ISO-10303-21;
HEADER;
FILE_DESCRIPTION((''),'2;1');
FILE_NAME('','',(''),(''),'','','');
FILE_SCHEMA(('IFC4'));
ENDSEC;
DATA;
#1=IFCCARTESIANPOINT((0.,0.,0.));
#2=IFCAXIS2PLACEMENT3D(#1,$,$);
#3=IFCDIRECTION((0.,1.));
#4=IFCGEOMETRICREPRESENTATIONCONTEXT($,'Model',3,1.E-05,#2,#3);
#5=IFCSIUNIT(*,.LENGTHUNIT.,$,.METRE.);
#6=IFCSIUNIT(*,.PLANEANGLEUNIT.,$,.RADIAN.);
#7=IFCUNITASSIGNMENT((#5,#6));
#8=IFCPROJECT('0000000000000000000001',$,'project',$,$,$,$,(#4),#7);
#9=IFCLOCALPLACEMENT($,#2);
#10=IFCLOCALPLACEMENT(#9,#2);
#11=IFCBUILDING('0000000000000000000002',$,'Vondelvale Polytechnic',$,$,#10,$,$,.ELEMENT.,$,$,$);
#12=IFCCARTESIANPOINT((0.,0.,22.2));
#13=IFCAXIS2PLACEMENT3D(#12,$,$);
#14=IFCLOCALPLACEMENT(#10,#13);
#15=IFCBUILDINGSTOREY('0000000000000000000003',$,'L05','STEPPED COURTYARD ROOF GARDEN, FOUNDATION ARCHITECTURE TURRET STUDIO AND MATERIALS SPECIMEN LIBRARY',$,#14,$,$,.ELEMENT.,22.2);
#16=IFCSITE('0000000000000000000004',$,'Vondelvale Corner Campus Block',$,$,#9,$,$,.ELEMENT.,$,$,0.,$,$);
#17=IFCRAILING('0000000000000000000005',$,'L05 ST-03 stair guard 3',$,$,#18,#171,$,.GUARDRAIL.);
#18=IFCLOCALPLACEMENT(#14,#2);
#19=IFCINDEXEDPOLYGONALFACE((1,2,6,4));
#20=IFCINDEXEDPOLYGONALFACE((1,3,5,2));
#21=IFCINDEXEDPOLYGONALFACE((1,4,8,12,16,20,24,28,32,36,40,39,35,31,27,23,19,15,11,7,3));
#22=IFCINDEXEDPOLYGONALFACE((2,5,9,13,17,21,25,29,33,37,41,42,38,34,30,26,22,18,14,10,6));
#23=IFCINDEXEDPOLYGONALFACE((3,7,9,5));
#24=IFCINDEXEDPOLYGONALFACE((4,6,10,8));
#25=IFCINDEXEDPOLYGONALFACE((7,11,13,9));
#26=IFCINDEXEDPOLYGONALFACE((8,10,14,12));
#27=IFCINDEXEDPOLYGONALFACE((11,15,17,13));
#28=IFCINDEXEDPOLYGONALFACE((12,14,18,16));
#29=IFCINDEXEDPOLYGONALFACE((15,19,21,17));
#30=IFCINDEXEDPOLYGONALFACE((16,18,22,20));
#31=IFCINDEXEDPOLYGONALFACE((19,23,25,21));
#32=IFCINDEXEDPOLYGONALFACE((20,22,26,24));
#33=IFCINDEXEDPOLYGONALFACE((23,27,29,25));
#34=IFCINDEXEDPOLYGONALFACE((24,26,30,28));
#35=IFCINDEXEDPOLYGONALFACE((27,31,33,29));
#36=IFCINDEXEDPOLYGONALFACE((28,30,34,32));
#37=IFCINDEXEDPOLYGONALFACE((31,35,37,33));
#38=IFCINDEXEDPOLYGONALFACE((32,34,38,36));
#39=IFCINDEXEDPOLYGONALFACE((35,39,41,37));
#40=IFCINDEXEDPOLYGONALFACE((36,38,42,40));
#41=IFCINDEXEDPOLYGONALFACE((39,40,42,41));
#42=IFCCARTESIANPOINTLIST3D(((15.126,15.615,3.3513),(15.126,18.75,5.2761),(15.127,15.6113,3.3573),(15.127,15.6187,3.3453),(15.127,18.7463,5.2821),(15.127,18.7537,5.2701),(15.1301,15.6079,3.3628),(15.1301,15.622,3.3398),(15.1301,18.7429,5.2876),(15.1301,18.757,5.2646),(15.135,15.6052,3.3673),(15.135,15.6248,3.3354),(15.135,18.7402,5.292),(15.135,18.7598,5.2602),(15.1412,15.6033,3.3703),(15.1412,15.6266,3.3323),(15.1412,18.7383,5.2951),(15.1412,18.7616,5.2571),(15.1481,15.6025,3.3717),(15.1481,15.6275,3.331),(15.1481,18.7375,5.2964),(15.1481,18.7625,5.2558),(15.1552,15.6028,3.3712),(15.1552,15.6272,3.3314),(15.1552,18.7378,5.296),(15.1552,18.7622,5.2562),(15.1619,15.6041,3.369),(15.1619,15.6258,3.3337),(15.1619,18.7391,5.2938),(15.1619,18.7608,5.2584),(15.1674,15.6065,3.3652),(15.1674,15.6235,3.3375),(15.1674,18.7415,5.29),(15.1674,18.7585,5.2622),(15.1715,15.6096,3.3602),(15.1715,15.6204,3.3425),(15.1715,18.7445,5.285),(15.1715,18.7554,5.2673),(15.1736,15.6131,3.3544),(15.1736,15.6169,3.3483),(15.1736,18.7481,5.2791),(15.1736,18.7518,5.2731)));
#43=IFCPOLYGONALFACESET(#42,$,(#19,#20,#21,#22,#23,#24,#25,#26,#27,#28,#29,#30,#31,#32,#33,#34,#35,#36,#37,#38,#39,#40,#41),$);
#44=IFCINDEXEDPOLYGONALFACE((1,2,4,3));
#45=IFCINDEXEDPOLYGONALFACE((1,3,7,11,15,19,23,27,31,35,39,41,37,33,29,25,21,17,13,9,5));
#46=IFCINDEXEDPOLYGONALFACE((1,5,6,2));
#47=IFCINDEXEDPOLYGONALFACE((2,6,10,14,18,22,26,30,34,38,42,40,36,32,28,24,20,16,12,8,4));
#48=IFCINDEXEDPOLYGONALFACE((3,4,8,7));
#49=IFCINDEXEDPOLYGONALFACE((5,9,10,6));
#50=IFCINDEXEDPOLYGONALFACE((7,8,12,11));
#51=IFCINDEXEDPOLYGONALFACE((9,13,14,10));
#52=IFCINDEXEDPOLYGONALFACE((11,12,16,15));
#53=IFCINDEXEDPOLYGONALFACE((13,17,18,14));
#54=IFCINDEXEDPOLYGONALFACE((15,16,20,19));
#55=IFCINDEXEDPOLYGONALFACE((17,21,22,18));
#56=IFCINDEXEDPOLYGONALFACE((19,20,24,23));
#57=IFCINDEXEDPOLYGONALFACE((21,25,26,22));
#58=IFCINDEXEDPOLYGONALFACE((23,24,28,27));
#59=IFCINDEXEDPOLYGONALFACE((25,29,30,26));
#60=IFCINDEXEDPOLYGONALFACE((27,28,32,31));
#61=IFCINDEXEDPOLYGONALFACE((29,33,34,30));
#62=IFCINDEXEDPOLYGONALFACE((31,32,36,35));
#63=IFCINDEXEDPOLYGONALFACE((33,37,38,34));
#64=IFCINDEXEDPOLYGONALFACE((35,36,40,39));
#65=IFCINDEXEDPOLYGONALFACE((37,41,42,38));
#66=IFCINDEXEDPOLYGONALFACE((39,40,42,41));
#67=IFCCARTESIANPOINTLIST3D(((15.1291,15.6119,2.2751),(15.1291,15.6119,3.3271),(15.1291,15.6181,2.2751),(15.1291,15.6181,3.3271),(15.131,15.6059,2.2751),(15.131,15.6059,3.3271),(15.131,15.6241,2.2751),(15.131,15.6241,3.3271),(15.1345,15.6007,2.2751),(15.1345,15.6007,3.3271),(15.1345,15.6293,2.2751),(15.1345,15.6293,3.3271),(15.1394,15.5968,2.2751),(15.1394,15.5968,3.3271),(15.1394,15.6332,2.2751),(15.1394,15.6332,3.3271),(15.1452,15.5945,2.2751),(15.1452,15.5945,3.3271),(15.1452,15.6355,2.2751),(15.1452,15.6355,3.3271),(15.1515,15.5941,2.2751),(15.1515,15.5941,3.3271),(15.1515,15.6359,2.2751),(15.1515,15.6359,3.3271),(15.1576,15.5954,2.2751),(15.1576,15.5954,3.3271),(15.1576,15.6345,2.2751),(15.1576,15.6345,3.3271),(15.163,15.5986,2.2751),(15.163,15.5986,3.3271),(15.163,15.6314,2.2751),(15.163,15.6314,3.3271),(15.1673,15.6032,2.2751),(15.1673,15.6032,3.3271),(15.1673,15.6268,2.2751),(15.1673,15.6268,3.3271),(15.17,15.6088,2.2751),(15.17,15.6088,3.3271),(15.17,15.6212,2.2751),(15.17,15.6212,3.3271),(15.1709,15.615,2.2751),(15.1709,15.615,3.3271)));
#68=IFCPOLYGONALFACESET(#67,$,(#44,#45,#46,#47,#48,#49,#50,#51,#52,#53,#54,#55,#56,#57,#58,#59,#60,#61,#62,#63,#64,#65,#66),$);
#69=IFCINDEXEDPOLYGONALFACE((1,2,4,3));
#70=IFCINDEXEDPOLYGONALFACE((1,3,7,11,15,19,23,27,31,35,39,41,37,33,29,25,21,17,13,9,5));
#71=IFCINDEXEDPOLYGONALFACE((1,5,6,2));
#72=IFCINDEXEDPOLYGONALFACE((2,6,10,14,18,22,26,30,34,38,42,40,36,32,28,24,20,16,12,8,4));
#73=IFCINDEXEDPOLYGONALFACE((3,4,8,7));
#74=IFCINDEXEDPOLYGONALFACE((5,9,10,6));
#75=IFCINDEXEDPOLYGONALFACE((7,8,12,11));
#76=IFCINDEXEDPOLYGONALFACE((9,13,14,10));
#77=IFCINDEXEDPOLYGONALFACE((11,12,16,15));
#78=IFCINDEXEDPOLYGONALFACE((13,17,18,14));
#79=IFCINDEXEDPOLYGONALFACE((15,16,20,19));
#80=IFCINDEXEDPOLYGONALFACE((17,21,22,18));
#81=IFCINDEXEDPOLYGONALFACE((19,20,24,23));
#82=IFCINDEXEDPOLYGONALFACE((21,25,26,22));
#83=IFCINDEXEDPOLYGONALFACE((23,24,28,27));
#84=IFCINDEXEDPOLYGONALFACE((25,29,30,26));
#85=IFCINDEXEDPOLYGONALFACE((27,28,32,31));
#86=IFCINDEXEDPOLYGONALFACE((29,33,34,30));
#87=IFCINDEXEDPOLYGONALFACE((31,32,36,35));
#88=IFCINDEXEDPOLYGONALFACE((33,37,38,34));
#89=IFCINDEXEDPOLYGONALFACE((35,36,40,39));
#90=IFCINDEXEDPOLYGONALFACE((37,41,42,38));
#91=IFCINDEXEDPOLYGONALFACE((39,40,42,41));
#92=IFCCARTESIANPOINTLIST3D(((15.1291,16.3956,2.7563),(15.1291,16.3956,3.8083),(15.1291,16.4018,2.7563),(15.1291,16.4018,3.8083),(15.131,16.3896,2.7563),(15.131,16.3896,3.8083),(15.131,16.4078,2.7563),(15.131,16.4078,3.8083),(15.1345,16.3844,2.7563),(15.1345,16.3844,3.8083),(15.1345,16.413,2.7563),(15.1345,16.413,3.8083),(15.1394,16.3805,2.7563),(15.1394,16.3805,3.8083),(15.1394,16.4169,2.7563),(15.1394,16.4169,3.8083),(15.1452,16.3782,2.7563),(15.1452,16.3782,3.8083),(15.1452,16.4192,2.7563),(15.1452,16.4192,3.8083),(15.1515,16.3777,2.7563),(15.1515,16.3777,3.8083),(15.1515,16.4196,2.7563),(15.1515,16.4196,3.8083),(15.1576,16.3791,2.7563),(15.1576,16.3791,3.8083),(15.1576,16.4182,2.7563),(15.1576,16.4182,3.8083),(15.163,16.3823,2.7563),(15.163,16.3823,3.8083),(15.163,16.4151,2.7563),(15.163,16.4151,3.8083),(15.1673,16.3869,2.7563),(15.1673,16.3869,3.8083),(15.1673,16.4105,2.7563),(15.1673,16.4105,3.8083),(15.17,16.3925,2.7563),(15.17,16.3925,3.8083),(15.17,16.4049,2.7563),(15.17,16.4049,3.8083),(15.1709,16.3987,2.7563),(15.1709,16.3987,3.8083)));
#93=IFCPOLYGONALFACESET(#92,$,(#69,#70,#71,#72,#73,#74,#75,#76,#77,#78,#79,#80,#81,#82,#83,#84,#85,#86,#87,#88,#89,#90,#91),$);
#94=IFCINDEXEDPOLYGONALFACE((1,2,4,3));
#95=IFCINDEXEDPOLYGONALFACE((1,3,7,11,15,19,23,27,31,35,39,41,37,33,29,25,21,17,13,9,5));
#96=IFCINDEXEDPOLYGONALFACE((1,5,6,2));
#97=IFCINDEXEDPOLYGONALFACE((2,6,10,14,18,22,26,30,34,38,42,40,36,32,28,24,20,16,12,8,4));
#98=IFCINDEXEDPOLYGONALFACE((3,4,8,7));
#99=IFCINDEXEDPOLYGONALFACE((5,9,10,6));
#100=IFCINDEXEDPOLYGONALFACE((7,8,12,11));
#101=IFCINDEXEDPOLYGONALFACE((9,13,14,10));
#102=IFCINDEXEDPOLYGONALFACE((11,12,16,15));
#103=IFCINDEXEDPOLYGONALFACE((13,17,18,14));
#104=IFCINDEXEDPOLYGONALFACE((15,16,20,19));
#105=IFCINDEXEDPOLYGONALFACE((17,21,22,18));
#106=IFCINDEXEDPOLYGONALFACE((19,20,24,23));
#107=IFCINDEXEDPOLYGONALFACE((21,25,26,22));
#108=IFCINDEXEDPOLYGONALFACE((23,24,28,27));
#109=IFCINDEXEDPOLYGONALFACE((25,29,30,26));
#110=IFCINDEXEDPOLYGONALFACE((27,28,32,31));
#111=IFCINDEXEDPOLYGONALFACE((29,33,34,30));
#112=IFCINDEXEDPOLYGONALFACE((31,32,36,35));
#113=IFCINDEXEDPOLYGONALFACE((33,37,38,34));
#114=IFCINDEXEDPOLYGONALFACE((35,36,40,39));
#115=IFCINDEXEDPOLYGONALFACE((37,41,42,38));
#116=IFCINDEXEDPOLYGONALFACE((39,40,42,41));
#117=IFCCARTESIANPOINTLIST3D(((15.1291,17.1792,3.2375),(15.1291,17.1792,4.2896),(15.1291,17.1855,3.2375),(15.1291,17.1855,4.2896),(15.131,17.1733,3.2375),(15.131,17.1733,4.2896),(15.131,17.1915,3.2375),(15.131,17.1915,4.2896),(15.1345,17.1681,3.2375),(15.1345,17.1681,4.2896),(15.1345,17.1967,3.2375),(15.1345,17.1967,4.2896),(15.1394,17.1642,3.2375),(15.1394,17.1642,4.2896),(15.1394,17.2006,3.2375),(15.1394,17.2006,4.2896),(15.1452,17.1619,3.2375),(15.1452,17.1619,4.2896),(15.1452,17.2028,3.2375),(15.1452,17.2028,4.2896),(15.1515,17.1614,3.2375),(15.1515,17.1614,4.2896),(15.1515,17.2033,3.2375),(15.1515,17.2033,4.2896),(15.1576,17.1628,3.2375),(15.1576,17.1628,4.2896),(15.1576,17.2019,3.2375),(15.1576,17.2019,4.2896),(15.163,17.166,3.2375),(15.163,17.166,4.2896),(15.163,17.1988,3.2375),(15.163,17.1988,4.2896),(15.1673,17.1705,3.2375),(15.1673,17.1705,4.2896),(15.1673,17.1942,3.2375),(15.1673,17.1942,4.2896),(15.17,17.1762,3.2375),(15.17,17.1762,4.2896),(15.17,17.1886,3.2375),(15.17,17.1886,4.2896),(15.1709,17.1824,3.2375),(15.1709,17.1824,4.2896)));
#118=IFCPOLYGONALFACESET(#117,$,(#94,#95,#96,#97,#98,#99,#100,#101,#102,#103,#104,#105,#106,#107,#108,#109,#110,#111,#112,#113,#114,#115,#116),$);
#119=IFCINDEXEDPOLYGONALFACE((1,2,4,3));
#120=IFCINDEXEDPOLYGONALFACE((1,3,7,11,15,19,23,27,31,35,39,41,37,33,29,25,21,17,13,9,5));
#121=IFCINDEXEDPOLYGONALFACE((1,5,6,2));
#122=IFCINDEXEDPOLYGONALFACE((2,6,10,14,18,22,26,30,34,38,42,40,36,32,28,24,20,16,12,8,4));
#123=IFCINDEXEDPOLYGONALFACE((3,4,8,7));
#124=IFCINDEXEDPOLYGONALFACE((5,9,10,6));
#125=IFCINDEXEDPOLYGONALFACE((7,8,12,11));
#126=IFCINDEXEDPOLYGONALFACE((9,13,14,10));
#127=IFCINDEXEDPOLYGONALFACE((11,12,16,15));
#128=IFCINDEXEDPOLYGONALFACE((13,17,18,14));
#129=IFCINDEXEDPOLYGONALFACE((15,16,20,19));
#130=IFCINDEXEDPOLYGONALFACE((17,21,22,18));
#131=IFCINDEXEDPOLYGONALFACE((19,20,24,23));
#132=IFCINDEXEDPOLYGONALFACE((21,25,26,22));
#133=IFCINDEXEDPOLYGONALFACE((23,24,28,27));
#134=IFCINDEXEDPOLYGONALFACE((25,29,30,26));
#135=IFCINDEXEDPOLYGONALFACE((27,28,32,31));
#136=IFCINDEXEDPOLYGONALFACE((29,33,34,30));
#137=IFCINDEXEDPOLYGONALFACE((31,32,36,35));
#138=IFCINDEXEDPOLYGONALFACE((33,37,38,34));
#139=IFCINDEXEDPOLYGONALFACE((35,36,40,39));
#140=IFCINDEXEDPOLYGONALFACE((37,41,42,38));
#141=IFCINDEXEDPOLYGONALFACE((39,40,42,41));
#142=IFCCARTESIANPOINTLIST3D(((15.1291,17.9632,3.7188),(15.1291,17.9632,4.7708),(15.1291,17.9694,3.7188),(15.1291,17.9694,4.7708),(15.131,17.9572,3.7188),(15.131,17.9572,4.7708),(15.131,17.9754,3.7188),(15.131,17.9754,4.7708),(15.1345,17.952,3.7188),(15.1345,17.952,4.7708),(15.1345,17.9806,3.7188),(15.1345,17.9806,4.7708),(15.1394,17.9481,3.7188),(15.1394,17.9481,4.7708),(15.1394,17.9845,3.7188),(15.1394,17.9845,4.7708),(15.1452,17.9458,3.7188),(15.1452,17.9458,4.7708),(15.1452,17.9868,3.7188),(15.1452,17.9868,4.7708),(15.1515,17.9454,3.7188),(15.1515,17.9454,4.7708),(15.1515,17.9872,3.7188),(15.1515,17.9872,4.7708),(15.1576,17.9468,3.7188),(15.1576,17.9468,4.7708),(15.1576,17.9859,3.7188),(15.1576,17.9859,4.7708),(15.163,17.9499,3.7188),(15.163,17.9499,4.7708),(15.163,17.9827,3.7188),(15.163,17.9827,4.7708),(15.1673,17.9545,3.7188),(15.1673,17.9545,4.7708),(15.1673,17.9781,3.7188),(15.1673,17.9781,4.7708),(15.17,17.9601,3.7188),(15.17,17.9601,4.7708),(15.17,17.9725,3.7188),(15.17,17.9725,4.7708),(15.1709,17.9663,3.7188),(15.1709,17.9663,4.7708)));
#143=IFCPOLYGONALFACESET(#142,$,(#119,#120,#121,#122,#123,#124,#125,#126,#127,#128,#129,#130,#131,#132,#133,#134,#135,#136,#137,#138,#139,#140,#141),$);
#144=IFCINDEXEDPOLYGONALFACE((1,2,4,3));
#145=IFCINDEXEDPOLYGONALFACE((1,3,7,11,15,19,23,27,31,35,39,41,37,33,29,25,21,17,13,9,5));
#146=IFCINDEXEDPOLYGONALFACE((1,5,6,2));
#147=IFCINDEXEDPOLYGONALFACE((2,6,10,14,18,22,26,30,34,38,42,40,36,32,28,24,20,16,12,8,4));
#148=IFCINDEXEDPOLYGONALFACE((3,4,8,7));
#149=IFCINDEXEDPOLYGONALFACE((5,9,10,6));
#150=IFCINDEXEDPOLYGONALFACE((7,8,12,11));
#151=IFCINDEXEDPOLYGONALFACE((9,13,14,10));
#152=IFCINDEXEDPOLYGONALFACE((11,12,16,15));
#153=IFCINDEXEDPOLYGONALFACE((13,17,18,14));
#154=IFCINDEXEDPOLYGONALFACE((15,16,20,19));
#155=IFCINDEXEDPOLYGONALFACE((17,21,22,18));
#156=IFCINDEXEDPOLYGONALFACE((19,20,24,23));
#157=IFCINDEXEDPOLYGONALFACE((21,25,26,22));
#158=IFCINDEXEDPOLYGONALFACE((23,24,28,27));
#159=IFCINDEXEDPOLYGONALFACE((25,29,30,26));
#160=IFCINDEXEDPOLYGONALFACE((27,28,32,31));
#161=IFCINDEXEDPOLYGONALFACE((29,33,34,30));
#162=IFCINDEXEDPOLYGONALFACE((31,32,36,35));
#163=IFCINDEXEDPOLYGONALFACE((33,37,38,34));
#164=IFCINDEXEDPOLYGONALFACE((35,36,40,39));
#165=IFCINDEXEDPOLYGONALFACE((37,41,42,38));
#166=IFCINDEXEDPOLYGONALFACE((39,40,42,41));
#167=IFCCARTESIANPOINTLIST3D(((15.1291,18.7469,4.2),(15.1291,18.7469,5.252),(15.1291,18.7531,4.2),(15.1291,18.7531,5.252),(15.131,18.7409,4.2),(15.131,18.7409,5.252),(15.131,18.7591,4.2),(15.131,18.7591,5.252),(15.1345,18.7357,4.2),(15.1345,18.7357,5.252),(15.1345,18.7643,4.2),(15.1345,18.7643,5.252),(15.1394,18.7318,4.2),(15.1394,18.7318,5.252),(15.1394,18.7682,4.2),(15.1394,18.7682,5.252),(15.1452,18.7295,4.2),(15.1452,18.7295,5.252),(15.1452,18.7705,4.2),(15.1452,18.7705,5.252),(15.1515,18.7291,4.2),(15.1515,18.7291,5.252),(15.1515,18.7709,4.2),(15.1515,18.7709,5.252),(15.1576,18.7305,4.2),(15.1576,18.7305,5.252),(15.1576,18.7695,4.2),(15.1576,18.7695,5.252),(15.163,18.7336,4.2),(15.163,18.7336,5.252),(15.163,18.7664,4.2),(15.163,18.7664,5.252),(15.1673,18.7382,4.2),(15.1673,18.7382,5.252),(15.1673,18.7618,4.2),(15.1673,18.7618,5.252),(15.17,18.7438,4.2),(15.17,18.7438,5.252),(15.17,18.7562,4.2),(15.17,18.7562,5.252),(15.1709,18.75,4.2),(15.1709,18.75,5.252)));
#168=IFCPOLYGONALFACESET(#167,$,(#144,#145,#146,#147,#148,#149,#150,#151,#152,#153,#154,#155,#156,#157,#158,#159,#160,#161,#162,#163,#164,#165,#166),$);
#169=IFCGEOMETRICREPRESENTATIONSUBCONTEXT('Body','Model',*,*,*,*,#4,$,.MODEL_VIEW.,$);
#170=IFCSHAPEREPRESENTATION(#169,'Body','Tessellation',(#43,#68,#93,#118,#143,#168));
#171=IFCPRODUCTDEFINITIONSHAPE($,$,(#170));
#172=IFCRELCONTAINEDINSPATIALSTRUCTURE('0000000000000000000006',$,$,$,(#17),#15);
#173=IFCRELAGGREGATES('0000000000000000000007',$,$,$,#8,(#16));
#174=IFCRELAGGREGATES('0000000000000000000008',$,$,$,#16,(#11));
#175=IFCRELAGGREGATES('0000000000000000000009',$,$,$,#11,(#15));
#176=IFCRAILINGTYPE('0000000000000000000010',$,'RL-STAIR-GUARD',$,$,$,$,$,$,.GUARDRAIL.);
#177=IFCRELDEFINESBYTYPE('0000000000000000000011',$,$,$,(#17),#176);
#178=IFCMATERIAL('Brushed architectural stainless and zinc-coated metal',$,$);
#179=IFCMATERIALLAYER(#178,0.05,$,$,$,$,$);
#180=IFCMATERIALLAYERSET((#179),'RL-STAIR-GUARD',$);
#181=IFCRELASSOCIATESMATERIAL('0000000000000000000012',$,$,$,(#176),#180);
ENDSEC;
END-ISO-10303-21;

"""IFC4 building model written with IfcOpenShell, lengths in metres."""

from ifc_helpers import new_model, si_unit, direction, frame, origin, origin_2d, place, context, subcontext, project, spatial, circle, extrude, material, layer, layer_set, type_object, element, save


model = new_model("IFC4")

# Units and contexts
model_context = context("Model", 3, precision=1e-05, world=origin(), true_north=direction((0.0, 1.0)))
body_context = subcontext(model_context, "Body", "Model", "MODEL_VIEW")
ifc_project = project(units=[si_unit("LENGTHUNIT", "METRE"), si_unit("PLANEANGLEUNIT", "RADIAN")], contexts=[model_context])

# Site, building, storey
site_placement = place(None, origin())
site = spatial("IfcSite", under=ifc_project, at=site_placement, Name="Vondelvale Corner Campus Block", CompositionType="ELEMENT", RefElevation=0.0)
building_placement = place(site_placement, origin())
building = spatial("IfcBuilding", under=site, at=building_placement, Name="Vondelvale Polytechnic", CompositionType="ELEMENT")
storey_placement = place(building_placement, frame((0.0, 0.0, 22.2)))
storey = spatial("IfcBuildingStorey", under=building, at=storey_placement, Name="L05", Description="STEPPED COURTYARD ROOF GARDEN, FOUNDATION ARCHITECTURE TURRET STUDIO AND MATERIALS SPECIMEN LIBRARY", CompositionType="ELEMENT", Elevation=22.2)

# Railing
ifc_material_1 = material(Name="Brushed architectural stainless and zinc-coated metal")
ifc_layer_1 = layer(ifc_material_1, 0.05)
ifc_layer_set_1 = layer_set([ifc_layer_1], Name="RL-STAIR-GUARD")
railing_type_1 = type_object("IfcRailingType", Name="RL-STAIR-GUARD", PredefinedType="GUARDRAIL", material=ifc_layer_set_1)
railing_1_placement = place(storey_placement, frame((15.1499, 15.615, 2.2751)))
element("IfcRailing", 1, at=railing_1_placement, inside=storey, type_object=railing_type_1, Name="L05 ST-03 stair guard 3", PredefinedType="GUARDRAIL", context=body_context, shape_type="SweptSolid", body=[
    extrude(circle(Radius=0.0239, at=origin_2d()), frame((0.0, 0.0, 1.0762), z_axis=(0.0, 0.852196, 0.523223), x_axis=(-1.0, 0.0, 0.0)), (0.0, 0.0, 1.0), 3.6787),
    extrude(circle(Radius=0.021, at=origin_2d()), origin(), (0.0, 0.0, 1.0), 1.052),
    extrude(circle(Radius=0.021, at=origin_2d()), frame((0.0, 0.7837, 0.4812)), (0.0, 0.0, 1.0), 1.052),
    extrude(circle(Radius=0.021, at=origin_2d()), frame((0.0, 1.5674, 0.9624)), (0.0, 0.0, 1.0), 1.052),
    extrude(circle(Radius=0.021, at=origin_2d()), frame((0.0, 2.3513, 1.4436)), (0.0, 0.0, 1.0), 1.052),
    extrude(circle(Radius=0.021, at=origin_2d()), frame((0.0, 3.135, 1.9248)), (0.0, 0.0, 1.0), 1.052),
])

save(model, "model.ifc")
